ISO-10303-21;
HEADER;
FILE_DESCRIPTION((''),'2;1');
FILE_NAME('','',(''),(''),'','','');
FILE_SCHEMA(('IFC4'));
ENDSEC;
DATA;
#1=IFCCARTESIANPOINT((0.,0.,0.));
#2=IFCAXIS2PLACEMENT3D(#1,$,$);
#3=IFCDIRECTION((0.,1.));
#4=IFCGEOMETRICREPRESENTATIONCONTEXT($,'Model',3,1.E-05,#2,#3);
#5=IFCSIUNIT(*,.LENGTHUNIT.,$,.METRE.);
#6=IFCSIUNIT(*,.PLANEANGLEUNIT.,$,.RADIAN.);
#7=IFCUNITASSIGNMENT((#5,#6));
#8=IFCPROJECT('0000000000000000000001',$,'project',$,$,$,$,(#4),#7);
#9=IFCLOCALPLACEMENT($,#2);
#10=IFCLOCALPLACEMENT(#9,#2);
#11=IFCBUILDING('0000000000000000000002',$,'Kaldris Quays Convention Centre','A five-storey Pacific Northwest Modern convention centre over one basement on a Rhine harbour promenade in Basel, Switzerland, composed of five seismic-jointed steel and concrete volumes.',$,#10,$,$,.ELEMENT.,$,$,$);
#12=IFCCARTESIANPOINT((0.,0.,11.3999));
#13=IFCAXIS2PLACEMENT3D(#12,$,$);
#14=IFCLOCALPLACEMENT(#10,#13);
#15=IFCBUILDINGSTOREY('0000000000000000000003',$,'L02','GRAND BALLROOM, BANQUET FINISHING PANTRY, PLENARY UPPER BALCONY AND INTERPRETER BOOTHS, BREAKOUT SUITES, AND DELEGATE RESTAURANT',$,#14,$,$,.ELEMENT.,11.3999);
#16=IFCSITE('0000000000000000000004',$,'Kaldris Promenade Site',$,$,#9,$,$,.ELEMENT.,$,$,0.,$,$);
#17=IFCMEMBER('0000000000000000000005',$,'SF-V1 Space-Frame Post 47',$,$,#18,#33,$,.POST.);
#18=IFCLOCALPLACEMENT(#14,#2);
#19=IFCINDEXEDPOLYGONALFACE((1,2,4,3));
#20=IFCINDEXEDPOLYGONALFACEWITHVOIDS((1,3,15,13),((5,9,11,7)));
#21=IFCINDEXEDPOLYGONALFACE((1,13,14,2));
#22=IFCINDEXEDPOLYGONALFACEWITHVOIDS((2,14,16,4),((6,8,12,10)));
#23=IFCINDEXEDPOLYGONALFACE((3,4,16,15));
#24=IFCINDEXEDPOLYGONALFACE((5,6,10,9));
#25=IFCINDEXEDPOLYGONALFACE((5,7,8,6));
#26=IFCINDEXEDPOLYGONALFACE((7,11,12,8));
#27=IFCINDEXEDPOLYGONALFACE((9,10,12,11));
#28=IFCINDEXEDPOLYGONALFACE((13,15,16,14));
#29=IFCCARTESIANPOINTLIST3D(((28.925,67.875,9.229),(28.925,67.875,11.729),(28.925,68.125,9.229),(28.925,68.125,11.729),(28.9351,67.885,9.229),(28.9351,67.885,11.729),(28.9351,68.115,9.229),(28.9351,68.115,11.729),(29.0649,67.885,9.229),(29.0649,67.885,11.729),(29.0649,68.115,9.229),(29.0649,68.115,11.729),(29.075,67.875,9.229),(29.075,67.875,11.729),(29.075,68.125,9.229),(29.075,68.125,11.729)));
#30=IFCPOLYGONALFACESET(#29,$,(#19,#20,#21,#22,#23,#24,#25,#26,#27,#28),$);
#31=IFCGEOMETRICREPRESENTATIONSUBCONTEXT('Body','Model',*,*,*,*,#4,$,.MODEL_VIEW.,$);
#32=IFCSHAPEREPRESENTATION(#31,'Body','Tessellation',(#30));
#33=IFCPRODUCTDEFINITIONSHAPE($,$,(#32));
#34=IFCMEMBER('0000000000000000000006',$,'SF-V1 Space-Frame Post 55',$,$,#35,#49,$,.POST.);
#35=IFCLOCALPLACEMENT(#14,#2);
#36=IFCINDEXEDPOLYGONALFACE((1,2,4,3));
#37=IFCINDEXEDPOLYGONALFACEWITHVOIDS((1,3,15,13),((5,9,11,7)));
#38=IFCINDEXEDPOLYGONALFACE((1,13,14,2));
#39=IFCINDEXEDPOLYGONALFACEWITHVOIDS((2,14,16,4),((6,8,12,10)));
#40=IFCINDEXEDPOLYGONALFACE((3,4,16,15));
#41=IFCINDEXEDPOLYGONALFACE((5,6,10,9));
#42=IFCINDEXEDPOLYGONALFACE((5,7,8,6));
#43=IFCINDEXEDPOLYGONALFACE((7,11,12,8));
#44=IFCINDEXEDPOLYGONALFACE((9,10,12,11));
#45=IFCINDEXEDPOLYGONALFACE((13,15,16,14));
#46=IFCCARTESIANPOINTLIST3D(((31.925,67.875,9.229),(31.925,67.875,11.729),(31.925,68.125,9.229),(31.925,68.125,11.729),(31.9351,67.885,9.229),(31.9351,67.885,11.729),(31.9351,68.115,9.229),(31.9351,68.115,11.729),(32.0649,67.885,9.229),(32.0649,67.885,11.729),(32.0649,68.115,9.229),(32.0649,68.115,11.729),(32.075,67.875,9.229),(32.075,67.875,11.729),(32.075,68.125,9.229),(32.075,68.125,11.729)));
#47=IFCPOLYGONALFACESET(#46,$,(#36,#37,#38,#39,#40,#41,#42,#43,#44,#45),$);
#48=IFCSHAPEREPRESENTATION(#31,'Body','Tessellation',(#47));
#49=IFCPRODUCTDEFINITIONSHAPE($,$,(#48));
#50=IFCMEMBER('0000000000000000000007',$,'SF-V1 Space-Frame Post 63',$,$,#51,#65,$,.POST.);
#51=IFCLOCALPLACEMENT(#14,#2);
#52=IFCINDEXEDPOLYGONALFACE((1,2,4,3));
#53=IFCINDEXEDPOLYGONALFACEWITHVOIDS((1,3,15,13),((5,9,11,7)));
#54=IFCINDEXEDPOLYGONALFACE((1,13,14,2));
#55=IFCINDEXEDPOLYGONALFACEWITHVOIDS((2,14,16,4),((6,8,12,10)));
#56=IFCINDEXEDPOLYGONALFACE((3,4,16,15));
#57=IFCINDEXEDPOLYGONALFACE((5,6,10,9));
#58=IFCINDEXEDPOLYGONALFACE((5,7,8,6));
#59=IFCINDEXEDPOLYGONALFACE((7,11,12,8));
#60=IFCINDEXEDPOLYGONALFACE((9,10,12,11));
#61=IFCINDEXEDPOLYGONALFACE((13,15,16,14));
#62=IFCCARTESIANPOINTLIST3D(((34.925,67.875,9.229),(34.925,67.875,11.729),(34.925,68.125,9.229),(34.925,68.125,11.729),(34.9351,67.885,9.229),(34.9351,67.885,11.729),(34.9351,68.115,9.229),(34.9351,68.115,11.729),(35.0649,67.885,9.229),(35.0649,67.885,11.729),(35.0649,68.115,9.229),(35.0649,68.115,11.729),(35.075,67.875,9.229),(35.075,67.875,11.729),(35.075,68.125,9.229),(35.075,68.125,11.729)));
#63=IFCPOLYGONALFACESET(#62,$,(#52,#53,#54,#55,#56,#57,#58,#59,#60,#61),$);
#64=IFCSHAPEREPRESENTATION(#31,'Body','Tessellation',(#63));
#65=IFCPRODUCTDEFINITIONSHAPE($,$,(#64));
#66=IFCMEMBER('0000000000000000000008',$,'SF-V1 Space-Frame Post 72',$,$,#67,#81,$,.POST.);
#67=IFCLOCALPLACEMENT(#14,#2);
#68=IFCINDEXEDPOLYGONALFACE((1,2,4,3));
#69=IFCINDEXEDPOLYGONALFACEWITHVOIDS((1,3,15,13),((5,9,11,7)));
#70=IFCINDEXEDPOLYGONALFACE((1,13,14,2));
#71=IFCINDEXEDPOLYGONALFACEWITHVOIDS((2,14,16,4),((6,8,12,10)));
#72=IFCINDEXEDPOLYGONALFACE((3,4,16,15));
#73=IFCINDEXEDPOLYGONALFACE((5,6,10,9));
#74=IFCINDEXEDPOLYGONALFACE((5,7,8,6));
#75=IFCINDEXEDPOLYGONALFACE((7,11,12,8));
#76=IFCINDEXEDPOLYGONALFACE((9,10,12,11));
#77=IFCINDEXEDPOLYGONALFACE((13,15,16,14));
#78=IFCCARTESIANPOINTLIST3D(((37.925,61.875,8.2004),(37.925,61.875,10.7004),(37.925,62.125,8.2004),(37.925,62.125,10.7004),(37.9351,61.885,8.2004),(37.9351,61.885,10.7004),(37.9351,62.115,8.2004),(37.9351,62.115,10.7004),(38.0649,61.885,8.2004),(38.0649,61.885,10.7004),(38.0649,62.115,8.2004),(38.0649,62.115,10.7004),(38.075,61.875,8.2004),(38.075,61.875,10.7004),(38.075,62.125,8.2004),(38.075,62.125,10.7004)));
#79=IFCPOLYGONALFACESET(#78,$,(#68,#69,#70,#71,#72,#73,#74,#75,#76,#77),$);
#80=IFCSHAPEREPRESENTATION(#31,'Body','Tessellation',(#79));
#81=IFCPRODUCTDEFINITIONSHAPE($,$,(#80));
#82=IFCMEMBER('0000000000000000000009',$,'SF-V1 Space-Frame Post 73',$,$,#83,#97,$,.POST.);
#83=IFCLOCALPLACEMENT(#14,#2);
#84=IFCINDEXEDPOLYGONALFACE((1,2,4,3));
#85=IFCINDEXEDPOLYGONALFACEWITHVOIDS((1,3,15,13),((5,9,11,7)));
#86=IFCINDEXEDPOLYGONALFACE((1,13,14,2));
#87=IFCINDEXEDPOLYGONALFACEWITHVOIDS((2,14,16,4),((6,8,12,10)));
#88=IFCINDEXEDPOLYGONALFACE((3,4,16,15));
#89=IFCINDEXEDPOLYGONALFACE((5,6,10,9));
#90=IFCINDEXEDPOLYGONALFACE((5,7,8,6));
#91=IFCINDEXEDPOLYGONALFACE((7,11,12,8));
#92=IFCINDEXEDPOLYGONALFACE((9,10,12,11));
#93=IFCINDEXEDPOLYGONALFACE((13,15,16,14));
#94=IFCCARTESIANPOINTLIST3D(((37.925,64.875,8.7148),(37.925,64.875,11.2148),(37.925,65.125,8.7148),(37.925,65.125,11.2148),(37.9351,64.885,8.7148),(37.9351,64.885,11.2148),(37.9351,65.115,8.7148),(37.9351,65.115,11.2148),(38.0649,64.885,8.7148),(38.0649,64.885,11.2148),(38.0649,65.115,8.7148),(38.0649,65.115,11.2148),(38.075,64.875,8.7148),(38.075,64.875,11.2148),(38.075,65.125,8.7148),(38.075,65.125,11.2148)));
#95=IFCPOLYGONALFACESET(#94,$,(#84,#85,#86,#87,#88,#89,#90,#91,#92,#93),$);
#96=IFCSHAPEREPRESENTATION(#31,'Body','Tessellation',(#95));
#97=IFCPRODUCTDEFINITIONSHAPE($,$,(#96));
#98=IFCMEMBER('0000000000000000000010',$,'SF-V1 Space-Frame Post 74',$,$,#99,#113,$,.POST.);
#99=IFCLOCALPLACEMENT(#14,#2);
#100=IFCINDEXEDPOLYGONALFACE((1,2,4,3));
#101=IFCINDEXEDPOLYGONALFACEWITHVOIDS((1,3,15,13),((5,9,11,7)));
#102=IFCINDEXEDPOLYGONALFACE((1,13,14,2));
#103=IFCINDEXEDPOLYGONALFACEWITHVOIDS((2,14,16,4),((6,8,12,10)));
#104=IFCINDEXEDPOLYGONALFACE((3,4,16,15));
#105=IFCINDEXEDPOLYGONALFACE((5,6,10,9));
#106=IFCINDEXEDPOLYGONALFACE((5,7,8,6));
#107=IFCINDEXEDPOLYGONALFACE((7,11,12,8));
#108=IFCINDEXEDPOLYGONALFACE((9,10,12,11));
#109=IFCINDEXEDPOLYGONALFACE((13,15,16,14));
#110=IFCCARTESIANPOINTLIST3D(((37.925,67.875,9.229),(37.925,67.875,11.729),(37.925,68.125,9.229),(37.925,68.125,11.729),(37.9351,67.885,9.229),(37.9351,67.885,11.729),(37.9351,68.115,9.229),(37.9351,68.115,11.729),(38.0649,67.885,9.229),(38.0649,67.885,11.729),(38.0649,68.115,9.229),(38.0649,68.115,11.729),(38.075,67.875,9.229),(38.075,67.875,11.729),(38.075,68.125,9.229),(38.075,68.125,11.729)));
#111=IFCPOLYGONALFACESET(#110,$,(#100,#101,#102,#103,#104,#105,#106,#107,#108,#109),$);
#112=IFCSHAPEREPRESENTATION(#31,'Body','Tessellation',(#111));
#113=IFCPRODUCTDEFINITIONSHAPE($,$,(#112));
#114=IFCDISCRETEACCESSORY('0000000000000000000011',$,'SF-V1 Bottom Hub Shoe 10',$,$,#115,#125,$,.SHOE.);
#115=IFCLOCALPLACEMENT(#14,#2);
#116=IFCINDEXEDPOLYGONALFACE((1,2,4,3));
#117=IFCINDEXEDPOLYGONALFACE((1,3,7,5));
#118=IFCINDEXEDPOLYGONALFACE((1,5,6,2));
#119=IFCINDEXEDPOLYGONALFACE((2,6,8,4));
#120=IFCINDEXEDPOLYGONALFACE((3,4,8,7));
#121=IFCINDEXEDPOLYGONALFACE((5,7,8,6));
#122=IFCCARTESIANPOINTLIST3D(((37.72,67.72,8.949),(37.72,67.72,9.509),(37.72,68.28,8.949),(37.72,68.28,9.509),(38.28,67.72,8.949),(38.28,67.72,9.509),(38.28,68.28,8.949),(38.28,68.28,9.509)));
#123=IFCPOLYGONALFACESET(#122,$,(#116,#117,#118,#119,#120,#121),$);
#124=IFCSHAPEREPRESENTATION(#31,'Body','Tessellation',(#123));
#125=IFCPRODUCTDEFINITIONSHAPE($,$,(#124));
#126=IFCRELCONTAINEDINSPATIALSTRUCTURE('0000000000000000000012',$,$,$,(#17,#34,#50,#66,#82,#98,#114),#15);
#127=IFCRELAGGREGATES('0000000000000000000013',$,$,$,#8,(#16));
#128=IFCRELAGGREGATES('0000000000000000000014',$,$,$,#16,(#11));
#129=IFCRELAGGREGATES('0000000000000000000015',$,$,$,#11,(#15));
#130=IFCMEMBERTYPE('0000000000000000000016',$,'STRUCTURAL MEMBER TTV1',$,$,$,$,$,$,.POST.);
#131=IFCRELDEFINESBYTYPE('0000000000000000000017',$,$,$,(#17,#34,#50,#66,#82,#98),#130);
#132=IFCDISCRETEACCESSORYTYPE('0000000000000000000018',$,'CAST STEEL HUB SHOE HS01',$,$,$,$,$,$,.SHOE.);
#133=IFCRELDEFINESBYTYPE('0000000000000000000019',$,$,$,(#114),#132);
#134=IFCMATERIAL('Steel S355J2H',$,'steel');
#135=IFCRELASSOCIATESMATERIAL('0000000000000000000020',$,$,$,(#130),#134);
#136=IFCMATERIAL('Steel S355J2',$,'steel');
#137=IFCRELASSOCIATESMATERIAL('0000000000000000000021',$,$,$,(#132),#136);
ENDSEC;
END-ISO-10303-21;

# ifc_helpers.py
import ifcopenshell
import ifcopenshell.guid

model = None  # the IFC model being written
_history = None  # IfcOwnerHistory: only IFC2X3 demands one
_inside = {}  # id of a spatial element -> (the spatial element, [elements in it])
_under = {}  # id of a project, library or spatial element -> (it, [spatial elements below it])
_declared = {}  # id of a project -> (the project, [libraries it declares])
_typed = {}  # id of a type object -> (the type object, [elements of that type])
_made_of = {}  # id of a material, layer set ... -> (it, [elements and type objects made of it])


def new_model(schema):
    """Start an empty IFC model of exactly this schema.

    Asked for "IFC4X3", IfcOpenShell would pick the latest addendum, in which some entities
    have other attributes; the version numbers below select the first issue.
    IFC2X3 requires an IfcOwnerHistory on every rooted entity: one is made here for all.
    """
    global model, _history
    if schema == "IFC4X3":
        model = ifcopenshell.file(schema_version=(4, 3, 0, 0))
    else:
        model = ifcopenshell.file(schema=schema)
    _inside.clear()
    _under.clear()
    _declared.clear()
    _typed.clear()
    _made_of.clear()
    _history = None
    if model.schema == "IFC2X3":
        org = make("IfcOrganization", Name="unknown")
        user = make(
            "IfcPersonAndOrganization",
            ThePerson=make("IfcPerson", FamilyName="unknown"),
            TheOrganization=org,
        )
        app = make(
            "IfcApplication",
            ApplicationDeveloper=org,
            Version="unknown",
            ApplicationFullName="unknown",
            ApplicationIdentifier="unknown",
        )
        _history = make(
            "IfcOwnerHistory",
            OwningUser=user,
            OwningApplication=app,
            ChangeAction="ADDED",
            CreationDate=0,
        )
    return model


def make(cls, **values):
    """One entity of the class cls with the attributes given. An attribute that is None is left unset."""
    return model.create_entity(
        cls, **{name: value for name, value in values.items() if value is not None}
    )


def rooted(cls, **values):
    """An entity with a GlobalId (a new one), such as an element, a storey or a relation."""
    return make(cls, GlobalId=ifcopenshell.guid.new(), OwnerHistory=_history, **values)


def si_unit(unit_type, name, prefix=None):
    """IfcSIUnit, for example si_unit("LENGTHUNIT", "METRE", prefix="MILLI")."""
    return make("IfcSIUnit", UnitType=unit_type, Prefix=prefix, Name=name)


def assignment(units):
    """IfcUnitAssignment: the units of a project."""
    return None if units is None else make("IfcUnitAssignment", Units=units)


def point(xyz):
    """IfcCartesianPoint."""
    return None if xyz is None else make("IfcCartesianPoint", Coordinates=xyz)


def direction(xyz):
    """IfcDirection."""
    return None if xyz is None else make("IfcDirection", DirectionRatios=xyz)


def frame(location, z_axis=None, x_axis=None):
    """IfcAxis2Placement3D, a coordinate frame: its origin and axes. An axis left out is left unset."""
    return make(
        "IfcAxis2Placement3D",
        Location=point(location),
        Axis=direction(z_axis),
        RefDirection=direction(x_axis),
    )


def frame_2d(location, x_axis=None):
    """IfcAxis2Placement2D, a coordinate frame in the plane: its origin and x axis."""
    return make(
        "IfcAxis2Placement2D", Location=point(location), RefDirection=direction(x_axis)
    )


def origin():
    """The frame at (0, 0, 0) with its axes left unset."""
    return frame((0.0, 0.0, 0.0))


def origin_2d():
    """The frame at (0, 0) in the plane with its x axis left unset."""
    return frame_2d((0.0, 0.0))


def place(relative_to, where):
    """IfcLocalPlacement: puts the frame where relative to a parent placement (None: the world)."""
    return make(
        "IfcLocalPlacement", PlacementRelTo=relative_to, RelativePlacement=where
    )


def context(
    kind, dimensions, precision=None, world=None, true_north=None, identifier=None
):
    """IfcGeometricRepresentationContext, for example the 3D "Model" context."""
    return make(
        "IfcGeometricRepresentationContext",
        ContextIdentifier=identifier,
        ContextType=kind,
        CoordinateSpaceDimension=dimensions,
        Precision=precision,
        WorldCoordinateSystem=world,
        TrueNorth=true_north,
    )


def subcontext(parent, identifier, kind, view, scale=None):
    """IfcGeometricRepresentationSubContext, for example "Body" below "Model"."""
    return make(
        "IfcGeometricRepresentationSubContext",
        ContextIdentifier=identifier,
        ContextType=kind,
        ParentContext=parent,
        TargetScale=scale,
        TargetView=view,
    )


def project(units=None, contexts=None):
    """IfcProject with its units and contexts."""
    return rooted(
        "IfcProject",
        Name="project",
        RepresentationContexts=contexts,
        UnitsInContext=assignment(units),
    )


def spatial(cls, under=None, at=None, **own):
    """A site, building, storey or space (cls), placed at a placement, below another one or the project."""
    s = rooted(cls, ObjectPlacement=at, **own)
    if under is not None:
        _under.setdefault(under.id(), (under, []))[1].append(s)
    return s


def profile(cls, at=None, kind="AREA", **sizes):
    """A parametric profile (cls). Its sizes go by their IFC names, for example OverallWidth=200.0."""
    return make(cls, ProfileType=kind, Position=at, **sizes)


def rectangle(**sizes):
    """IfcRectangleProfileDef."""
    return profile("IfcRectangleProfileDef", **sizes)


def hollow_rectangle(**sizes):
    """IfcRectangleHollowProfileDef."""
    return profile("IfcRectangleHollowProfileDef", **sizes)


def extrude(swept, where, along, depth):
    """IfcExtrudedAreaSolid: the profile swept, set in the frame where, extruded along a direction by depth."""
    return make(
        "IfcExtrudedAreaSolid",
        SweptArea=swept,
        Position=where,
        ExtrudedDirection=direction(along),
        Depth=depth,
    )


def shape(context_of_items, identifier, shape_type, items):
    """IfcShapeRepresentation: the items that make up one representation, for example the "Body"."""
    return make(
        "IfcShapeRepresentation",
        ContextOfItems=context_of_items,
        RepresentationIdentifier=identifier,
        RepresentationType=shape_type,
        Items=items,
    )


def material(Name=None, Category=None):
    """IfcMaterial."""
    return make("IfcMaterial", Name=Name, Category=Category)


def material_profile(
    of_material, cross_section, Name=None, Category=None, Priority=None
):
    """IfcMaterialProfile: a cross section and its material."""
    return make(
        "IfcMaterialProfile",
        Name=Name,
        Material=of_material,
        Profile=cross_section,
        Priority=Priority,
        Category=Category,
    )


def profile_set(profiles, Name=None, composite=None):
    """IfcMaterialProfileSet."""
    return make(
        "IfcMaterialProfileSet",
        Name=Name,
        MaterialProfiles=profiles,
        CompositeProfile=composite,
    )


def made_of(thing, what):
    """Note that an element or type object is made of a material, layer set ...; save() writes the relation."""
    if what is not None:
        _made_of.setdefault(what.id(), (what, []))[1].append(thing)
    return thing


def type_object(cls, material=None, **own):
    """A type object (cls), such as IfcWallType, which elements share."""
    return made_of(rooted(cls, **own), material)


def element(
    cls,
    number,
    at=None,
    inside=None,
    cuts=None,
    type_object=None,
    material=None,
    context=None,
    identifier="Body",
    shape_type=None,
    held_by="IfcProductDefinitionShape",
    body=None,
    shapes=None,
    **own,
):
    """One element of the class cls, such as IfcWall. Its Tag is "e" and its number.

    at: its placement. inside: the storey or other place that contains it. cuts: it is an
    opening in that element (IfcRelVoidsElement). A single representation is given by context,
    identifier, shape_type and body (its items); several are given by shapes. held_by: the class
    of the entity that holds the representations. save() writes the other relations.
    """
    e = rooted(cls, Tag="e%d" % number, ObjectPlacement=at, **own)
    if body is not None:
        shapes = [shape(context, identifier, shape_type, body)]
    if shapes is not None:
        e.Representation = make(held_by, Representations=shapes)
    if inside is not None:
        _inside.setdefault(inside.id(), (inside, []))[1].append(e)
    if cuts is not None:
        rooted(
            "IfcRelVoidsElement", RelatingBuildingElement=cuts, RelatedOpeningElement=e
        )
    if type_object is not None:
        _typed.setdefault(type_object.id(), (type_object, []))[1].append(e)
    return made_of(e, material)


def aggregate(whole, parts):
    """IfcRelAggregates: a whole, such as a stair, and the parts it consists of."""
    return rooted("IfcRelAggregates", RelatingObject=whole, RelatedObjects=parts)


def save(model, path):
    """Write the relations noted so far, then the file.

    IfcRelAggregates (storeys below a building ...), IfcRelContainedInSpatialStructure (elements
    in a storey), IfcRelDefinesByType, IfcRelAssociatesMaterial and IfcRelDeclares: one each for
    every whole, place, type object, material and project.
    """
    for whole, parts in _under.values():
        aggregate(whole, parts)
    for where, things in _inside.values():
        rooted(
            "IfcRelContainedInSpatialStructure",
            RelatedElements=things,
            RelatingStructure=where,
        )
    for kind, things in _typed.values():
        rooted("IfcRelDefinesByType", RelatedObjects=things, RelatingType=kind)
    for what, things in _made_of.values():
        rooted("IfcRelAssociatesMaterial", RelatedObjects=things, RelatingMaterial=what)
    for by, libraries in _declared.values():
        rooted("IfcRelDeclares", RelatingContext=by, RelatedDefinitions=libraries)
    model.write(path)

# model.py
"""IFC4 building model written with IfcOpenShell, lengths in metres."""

from ifc_helpers import new_model, si_unit, direction, frame, origin, origin_2d, place, context, subcontext, project, spatial, rectangle, hollow_rectangle, extrude, material, material_profile, profile_set, type_object, element, save


model = new_model("IFC4")

# Units and contexts
model_context = context("Model", 3, precision=1e-05, world=origin(), true_north=direction((0.0, 1.0)))
body_context = subcontext(model_context, "Body", "Model", "MODEL_VIEW")
ifc_project = project(units=[si_unit("LENGTHUNIT", "METRE"), si_unit("PLANEANGLEUNIT", "RADIAN")], contexts=[model_context])

# Site, building, storey
site_placement = place(None, origin())
site = spatial("IfcSite", under=ifc_project, at=site_placement, Name="Kaldris Promenade Site", CompositionType="ELEMENT", RefElevation=0.0)
building_placement = place(site_placement, origin())
building = spatial("IfcBuilding", under=site, at=building_placement, Name="Kaldris Quays Convention Centre", Description="A five-storey Pacific Northwest Modern convention centre over one basement on a Rhine harbour promenade in Basel, Switzerland, composed of five seismic-jointed steel and concrete volumes.", CompositionType="ELEMENT")
storey_placement = place(building_placement, frame((0.0, 0.0, 11.3999)))
storey = spatial("IfcBuildingStorey", under=building, at=storey_placement, Name="L02", Description="GRAND BALLROOM, BANQUET FINISHING PANTRY, PLENARY UPPER BALCONY AND INTERPRETER BOOTHS, BREAKOUT SUITES, AND DELEGATE RESTAURANT", CompositionType="ELEMENT", Elevation=11.3999)

# Members
ifc_material_1 = material(Name="Steel S355J2H", Category="steel")
ifc_material_profile_1 = material_profile(ifc_material_1, hollow_rectangle(XDim=0.1499, YDim=0.25, WallThickness=0.01, at=origin_2d()), Name="RHS 250x150x10")
ifc_profile_set_1 = profile_set([ifc_material_profile_1], Name="Steel S355J2H")
member_type_1 = type_object("IfcMemberType", Name="STRUCTURAL MEMBER TTV1", PredefinedType="POST", material=ifc_profile_set_1)
for number, where, z_axis, x_axis, name in (
    (1, (29.0, 68.0, 9.229), (0.0, 0.0, 1.0), (1.0, 0.0, 0.0), "SF-V1 Space-Frame Post 47"),
    (2, (32.0, 68.0, 9.229), (0.0, 0.0, 1.0), (1.0, 0.0, 0.0), "SF-V1 Space-Frame Post 55"),
    (3, (35.0, 68.0, 9.229), (0.0, 0.0, 1.0), (1.0, 0.0, 0.0), "SF-V1 Space-Frame Post 63"),
    (4, (38.0, 62.0, 8.2004), (0.0, 0.0, 1.0), (1.0, 0.0, 0.0), "SF-V1 Space-Frame Post 72"),
    (5, (38.0, 65.0, 8.7148), (0.0, 0.0, 1.0), (1.0, 0.0, 0.0), "SF-V1 Space-Frame Post 73"),
    (6, (38.0, 68.0, 9.229), (0.0, 0.0, 1.0), (1.0, 0.0, 0.0), "SF-V1 Space-Frame Post 74"),
):
    element("IfcMember", number, at=place(storey_placement, frame(where, z_axis=z_axis, x_axis=x_axis)), inside=storey, type_object=member_type_1, Name=name, PredefinedType="POST", context=body_context, shape_type="SweptSolid", body=[
        extrude(hollow_rectangle(XDim=0.1499, YDim=0.25, WallThickness=0.01, at=origin_2d()), origin(), (0.0, 0.0, 1.0), 2.5),
    ])

# Discrete accessory
ifc_material_2 = material(Name="Steel S355J2", Category="steel")
discrete_accessory_type = type_object("IfcDiscreteAccessoryType", Name="CAST STEEL HUB SHOE HS01", PredefinedType="SHOE", material=ifc_material_2)
discrete_accessory_placement = place(storey_placement, frame((38.0, 68.0, 8.949), z_axis=(0.0, 0.0, 1.0), x_axis=(1.0, 0.0, 0.0)))
element("IfcDiscreteAccessory", 7, at=discrete_accessory_placement, inside=storey, type_object=discrete_accessory_type, Name="SF-V1 Bottom Hub Shoe 10", PredefinedType="SHOE", context=body_context, shape_type="SweptSolid", body=[
    extrude(rectangle(XDim=0.5601, YDim=0.5601, at=origin_2d()), origin(), (0.0, 0.0, 1.0), 0.5601),
])

save(model, "model.ifc")
